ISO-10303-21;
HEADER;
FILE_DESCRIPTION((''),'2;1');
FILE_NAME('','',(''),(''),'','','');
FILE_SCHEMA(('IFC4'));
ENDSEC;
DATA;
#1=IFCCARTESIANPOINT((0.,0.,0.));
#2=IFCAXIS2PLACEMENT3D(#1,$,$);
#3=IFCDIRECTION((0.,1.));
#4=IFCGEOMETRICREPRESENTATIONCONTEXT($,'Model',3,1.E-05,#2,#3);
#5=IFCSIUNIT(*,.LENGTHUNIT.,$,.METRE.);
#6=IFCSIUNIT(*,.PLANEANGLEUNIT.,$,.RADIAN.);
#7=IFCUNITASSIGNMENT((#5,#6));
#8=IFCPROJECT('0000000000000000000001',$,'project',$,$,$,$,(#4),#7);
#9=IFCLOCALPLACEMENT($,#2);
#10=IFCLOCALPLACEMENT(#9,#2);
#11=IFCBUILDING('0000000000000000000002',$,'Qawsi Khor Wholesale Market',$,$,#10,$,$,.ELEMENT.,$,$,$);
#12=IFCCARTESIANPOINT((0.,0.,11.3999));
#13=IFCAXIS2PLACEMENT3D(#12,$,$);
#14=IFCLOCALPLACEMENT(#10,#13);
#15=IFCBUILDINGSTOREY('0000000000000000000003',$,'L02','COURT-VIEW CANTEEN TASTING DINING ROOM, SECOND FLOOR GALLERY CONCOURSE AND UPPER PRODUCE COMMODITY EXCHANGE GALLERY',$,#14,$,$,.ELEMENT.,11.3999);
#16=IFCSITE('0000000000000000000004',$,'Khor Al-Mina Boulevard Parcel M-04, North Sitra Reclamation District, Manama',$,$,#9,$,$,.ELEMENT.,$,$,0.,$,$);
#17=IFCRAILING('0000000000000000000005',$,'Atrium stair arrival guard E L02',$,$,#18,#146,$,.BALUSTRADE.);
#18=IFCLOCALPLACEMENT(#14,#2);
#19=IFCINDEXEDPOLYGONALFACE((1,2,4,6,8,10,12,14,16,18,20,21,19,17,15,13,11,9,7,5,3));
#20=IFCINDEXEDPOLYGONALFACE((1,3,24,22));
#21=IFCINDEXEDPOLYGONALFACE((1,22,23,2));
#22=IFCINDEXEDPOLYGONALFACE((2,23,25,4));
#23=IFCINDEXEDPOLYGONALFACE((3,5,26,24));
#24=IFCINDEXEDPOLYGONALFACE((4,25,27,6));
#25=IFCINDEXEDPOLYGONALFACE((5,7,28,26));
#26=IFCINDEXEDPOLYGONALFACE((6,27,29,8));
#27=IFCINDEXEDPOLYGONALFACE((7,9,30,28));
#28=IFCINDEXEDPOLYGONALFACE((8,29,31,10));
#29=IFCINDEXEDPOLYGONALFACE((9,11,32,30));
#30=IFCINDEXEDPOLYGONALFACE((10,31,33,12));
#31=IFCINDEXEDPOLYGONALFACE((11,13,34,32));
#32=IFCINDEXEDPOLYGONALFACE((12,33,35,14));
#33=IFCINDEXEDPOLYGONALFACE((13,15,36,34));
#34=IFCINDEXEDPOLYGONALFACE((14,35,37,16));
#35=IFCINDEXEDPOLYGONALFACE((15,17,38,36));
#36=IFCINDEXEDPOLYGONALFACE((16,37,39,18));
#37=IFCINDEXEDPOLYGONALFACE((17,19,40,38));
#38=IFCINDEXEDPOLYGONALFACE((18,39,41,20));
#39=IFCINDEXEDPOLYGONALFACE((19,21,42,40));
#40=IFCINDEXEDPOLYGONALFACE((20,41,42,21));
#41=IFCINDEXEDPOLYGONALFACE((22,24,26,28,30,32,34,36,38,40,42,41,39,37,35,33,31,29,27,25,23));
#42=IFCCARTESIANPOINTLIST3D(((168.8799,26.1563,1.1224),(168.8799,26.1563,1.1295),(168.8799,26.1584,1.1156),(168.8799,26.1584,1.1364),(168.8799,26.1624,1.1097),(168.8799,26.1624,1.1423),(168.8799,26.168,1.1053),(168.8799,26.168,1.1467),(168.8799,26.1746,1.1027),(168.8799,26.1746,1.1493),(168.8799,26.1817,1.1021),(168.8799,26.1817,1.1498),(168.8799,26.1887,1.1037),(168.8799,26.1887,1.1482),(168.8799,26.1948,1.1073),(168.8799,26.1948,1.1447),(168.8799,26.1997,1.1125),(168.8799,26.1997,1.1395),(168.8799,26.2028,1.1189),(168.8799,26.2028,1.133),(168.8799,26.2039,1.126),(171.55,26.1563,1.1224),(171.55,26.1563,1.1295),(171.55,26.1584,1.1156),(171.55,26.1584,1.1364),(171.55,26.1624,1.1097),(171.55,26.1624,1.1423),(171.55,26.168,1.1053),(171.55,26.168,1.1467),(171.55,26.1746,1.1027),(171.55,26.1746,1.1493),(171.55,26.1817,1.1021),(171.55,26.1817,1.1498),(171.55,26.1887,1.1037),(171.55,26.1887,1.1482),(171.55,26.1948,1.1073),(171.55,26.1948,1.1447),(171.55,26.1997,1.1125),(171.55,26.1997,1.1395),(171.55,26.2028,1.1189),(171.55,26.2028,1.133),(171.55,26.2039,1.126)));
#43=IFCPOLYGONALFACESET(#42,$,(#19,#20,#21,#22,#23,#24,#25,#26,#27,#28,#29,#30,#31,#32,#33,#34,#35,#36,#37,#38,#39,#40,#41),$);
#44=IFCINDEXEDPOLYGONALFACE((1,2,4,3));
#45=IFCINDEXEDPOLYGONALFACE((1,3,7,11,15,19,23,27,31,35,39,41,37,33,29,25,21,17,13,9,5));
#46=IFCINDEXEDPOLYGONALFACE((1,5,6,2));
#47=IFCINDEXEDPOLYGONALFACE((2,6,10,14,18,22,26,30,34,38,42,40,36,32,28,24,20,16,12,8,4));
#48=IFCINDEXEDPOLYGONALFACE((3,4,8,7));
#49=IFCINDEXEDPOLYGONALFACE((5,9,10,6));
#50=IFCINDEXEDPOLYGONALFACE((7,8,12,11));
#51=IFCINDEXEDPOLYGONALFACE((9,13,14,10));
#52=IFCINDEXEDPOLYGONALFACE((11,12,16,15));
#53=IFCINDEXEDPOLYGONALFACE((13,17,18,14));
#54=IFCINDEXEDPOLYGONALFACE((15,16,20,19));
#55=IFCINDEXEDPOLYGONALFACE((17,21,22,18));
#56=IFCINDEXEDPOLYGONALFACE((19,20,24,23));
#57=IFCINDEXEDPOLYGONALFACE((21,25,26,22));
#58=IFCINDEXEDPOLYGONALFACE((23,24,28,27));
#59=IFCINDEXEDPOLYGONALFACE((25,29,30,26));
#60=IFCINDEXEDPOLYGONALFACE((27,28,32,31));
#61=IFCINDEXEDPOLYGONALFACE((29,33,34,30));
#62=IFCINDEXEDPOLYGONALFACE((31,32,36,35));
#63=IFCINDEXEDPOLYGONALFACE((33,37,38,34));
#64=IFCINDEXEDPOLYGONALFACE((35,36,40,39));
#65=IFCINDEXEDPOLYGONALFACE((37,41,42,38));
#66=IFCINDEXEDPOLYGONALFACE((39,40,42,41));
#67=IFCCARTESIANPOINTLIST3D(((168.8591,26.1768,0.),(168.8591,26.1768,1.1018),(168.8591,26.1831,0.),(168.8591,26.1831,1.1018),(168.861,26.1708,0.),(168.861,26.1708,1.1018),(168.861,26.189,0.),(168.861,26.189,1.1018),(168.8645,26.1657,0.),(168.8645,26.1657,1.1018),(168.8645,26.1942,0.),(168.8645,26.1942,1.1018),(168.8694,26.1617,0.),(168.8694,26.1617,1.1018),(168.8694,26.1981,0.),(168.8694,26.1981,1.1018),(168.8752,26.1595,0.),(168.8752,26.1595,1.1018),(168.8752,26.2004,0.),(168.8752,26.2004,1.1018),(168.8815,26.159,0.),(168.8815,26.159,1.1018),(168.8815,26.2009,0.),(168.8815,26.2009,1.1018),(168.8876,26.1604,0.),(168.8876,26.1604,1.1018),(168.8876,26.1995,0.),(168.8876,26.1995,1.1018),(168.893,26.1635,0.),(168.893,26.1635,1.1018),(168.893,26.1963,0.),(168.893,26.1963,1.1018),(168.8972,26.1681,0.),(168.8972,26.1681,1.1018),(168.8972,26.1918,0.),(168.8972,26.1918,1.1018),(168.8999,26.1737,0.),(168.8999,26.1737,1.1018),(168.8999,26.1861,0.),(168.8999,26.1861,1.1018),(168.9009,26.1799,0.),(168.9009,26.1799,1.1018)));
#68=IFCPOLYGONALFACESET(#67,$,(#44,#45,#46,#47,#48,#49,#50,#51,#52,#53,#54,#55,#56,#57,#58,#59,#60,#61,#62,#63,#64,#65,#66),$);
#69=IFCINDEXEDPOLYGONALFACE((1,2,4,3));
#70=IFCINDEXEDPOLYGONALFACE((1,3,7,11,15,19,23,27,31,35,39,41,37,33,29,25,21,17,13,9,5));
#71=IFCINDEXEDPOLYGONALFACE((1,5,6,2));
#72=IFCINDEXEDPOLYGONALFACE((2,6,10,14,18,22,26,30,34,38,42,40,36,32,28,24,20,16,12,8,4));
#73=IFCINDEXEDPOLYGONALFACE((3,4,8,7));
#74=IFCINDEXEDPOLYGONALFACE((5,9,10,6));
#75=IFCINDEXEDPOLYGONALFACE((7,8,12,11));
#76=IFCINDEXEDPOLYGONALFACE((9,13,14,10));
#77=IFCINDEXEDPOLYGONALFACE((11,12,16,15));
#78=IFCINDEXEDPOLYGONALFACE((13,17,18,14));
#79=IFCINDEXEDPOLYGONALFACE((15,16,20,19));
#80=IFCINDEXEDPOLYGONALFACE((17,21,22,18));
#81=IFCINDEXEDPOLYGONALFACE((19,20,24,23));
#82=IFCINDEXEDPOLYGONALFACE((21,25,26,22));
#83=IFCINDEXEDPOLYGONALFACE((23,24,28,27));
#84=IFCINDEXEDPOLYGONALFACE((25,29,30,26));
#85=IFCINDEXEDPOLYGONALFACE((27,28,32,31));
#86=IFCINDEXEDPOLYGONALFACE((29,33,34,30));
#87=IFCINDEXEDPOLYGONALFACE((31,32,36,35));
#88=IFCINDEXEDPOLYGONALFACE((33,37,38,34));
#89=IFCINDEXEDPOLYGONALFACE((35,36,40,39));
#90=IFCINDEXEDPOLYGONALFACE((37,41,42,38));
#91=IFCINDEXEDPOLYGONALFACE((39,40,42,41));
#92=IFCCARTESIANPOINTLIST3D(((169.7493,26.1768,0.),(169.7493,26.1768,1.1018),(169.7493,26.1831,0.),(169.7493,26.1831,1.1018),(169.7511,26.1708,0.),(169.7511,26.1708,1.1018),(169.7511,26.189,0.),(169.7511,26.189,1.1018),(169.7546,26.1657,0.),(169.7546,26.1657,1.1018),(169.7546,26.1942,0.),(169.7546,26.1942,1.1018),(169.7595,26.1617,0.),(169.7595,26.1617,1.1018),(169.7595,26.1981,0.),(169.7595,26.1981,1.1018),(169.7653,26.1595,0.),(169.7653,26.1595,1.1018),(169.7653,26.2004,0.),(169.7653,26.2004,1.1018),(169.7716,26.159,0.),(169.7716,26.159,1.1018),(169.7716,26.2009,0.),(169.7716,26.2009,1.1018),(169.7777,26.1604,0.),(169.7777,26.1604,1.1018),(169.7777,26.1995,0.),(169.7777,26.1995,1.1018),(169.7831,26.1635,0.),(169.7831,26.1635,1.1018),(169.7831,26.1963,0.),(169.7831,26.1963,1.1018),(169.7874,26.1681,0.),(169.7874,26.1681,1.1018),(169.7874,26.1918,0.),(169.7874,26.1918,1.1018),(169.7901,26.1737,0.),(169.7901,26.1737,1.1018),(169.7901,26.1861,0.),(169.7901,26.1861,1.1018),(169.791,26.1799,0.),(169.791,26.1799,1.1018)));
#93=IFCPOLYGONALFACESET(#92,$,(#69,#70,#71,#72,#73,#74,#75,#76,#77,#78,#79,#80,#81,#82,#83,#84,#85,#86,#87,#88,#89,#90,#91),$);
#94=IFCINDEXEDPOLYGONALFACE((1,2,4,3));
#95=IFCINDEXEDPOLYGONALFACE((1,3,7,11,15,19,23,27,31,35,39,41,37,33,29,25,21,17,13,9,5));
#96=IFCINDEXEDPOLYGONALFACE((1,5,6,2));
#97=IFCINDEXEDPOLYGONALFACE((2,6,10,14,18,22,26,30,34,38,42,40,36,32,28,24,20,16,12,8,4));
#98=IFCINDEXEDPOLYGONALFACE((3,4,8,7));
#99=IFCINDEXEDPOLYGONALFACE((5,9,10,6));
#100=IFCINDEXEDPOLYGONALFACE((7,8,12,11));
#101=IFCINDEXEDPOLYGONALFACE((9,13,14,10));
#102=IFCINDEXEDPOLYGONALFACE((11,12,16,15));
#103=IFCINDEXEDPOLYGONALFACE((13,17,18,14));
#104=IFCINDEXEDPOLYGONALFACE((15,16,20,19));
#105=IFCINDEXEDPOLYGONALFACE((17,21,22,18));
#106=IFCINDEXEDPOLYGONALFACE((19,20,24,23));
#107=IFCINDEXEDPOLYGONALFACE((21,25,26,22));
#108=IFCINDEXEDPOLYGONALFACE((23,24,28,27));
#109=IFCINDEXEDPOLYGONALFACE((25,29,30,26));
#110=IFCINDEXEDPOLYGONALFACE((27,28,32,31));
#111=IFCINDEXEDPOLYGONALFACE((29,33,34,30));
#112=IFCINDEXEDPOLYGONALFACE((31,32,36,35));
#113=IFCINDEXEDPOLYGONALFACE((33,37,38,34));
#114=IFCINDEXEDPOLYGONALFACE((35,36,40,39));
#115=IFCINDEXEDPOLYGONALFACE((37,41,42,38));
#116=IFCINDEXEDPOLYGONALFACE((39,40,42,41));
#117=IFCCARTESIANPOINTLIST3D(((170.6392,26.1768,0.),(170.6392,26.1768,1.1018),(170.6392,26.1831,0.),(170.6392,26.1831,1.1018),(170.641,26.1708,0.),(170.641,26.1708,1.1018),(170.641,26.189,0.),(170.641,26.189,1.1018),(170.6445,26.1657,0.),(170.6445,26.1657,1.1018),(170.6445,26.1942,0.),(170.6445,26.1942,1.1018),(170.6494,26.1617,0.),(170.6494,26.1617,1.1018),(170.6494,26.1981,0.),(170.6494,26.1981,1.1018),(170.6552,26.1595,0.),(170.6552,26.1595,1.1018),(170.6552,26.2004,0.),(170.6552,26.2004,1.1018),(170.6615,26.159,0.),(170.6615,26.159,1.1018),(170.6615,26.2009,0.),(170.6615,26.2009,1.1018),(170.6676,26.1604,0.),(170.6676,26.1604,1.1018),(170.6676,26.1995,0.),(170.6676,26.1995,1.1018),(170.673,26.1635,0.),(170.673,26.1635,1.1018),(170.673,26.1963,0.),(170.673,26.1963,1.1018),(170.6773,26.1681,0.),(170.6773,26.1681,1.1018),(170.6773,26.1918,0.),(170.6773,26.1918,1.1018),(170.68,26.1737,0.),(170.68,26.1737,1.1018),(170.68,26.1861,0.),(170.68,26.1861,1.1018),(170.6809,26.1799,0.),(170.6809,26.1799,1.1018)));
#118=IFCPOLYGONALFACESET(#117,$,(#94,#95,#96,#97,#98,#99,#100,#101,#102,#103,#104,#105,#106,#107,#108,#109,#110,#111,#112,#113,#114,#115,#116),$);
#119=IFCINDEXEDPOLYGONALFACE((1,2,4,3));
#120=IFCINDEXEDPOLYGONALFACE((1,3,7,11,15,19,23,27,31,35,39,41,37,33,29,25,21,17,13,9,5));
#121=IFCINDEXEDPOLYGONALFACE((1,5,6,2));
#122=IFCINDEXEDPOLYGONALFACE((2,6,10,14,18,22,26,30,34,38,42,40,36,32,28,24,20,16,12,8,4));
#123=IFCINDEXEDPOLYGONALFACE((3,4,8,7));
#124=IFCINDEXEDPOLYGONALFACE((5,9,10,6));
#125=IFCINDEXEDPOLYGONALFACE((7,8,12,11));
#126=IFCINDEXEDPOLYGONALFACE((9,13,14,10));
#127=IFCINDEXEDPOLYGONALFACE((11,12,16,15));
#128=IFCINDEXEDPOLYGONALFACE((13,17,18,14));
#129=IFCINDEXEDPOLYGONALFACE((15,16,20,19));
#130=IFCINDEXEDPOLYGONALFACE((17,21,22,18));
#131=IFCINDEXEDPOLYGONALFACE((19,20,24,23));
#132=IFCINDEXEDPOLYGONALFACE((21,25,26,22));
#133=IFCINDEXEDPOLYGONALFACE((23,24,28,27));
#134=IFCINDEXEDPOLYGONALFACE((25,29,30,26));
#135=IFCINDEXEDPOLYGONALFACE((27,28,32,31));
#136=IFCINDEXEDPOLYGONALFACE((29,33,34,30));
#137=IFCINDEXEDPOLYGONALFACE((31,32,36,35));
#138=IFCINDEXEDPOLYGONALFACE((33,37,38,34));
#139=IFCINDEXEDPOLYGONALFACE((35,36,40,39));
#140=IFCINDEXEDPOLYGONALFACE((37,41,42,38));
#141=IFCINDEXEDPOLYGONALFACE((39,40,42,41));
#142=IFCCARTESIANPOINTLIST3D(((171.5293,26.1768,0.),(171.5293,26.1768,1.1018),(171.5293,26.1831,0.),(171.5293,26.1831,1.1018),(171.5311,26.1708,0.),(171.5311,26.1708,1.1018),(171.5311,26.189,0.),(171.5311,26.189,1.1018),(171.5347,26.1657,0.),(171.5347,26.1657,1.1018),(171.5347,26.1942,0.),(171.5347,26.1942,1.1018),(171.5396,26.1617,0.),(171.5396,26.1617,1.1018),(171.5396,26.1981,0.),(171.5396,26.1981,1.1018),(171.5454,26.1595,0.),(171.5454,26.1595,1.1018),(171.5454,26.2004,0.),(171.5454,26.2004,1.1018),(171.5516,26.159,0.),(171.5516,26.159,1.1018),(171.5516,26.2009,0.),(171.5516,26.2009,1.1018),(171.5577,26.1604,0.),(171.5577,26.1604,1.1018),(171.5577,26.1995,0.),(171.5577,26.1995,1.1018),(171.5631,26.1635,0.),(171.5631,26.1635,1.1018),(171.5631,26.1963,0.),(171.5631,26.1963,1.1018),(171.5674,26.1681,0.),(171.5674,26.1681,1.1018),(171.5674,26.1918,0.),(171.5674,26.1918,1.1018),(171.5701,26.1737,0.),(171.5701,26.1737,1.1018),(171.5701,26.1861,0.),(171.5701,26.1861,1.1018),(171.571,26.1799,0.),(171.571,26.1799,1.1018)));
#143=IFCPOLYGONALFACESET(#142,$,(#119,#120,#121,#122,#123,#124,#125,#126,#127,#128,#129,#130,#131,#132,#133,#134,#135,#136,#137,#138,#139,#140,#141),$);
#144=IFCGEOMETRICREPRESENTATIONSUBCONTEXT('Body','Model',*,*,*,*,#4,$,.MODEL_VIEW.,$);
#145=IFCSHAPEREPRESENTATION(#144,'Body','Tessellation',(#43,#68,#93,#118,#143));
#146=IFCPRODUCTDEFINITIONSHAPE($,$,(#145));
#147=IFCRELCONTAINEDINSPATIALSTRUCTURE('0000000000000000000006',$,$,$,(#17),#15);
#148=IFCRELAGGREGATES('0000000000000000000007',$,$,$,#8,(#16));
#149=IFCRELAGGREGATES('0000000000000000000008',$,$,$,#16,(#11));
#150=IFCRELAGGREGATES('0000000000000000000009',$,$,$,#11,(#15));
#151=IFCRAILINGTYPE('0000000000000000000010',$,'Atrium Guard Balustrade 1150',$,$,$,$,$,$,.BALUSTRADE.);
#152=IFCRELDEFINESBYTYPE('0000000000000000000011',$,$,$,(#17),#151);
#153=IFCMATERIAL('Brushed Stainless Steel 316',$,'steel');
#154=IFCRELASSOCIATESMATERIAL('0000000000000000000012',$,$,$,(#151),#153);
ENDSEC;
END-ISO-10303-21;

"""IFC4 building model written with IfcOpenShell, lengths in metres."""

from ifc_helpers import new_model, si_unit, direction, frame, origin, origin_2d, place, context, subcontext, project, spatial, circle, extrude, material, type_object, element, save


model = new_model("IFC4")

# Units and contexts
model_context = context("Model", 3, precision=1e-05, world=origin(), true_north=direction((0.0, 1.0)))
body_context = subcontext(model_context, "Body", "Model", "MODEL_VIEW")
ifc_project = project(units=[si_unit("LENGTHUNIT", "METRE"), si_unit("PLANEANGLEUNIT", "RADIAN")], contexts=[model_context])

# Site, building, storey
site_placement = place(None, origin())
site = spatial("IfcSite", under=ifc_project, at=site_placement, Name="Khor Al-Mina Boulevard Parcel M-04, North Sitra Reclamation District, Manama", CompositionType="ELEMENT", RefElevation=0.0)
building_placement = place(site_placement, origin())
building = spatial("IfcBuilding", under=site, at=building_placement, Name="Qawsi Khor Wholesale Market", CompositionType="ELEMENT")
storey_placement = place(building_placement, frame((0.0, 0.0, 11.3999)))
storey = spatial("IfcBuildingStorey", under=building, at=storey_placement, Name="L02", Description="COURT-VIEW CANTEEN TASTING DINING ROOM, SECOND FLOOR GALLERY CONCOURSE AND UPPER PRODUCE COMMODITY EXCHANGE GALLERY", CompositionType="ELEMENT", Elevation=11.3999)

# Railing
ifc_material_1 = material(Name="Brushed Stainless Steel 316", Category="steel")
railing_type = type_object("IfcRailingType", Name="Atrium Guard Balustrade 1150", PredefinedType="BALUSTRADE", material=ifc_material_1)
railing_placement = place(storey_placement, frame((168.8799, 26.1799, 0.0)))
element("IfcRailing", 1, at=railing_placement, inside=storey, type_object=railing_type, Name="Atrium stair arrival guard E L02", PredefinedType="BALUSTRADE", context=body_context, shape_type="SweptSolid", body=[
    extrude(circle(Radius=0.0239, at=origin_2d()), frame((0.0, 0.0, 1.126), z_axis=(1.0, 0.0, 0.0), x_axis=(0.0, 1.0, 0.0)), (0.0, 0.0, 1.0), 2.6702),
    extrude(circle(Radius=0.021, at=origin_2d()), origin(), (0.0, 0.0, 1.0), 1.1018),
    extrude(circle(Radius=0.021, at=origin_2d()), frame((0.8901, 0.0, 0.0)), (0.0, 0.0, 1.0), 1.1018),
    extrude(circle(Radius=0.021, at=origin_2d()), frame((1.78, 0.0, 0.0)), (0.0, 0.0, 1.0), 1.1018),
    extrude(circle(Radius=0.021, at=origin_2d()), frame((2.6702, 0.0, 0.0)), (0.0, 0.0, 1.0), 1.1018),
])

save(model, "model.ifc")
